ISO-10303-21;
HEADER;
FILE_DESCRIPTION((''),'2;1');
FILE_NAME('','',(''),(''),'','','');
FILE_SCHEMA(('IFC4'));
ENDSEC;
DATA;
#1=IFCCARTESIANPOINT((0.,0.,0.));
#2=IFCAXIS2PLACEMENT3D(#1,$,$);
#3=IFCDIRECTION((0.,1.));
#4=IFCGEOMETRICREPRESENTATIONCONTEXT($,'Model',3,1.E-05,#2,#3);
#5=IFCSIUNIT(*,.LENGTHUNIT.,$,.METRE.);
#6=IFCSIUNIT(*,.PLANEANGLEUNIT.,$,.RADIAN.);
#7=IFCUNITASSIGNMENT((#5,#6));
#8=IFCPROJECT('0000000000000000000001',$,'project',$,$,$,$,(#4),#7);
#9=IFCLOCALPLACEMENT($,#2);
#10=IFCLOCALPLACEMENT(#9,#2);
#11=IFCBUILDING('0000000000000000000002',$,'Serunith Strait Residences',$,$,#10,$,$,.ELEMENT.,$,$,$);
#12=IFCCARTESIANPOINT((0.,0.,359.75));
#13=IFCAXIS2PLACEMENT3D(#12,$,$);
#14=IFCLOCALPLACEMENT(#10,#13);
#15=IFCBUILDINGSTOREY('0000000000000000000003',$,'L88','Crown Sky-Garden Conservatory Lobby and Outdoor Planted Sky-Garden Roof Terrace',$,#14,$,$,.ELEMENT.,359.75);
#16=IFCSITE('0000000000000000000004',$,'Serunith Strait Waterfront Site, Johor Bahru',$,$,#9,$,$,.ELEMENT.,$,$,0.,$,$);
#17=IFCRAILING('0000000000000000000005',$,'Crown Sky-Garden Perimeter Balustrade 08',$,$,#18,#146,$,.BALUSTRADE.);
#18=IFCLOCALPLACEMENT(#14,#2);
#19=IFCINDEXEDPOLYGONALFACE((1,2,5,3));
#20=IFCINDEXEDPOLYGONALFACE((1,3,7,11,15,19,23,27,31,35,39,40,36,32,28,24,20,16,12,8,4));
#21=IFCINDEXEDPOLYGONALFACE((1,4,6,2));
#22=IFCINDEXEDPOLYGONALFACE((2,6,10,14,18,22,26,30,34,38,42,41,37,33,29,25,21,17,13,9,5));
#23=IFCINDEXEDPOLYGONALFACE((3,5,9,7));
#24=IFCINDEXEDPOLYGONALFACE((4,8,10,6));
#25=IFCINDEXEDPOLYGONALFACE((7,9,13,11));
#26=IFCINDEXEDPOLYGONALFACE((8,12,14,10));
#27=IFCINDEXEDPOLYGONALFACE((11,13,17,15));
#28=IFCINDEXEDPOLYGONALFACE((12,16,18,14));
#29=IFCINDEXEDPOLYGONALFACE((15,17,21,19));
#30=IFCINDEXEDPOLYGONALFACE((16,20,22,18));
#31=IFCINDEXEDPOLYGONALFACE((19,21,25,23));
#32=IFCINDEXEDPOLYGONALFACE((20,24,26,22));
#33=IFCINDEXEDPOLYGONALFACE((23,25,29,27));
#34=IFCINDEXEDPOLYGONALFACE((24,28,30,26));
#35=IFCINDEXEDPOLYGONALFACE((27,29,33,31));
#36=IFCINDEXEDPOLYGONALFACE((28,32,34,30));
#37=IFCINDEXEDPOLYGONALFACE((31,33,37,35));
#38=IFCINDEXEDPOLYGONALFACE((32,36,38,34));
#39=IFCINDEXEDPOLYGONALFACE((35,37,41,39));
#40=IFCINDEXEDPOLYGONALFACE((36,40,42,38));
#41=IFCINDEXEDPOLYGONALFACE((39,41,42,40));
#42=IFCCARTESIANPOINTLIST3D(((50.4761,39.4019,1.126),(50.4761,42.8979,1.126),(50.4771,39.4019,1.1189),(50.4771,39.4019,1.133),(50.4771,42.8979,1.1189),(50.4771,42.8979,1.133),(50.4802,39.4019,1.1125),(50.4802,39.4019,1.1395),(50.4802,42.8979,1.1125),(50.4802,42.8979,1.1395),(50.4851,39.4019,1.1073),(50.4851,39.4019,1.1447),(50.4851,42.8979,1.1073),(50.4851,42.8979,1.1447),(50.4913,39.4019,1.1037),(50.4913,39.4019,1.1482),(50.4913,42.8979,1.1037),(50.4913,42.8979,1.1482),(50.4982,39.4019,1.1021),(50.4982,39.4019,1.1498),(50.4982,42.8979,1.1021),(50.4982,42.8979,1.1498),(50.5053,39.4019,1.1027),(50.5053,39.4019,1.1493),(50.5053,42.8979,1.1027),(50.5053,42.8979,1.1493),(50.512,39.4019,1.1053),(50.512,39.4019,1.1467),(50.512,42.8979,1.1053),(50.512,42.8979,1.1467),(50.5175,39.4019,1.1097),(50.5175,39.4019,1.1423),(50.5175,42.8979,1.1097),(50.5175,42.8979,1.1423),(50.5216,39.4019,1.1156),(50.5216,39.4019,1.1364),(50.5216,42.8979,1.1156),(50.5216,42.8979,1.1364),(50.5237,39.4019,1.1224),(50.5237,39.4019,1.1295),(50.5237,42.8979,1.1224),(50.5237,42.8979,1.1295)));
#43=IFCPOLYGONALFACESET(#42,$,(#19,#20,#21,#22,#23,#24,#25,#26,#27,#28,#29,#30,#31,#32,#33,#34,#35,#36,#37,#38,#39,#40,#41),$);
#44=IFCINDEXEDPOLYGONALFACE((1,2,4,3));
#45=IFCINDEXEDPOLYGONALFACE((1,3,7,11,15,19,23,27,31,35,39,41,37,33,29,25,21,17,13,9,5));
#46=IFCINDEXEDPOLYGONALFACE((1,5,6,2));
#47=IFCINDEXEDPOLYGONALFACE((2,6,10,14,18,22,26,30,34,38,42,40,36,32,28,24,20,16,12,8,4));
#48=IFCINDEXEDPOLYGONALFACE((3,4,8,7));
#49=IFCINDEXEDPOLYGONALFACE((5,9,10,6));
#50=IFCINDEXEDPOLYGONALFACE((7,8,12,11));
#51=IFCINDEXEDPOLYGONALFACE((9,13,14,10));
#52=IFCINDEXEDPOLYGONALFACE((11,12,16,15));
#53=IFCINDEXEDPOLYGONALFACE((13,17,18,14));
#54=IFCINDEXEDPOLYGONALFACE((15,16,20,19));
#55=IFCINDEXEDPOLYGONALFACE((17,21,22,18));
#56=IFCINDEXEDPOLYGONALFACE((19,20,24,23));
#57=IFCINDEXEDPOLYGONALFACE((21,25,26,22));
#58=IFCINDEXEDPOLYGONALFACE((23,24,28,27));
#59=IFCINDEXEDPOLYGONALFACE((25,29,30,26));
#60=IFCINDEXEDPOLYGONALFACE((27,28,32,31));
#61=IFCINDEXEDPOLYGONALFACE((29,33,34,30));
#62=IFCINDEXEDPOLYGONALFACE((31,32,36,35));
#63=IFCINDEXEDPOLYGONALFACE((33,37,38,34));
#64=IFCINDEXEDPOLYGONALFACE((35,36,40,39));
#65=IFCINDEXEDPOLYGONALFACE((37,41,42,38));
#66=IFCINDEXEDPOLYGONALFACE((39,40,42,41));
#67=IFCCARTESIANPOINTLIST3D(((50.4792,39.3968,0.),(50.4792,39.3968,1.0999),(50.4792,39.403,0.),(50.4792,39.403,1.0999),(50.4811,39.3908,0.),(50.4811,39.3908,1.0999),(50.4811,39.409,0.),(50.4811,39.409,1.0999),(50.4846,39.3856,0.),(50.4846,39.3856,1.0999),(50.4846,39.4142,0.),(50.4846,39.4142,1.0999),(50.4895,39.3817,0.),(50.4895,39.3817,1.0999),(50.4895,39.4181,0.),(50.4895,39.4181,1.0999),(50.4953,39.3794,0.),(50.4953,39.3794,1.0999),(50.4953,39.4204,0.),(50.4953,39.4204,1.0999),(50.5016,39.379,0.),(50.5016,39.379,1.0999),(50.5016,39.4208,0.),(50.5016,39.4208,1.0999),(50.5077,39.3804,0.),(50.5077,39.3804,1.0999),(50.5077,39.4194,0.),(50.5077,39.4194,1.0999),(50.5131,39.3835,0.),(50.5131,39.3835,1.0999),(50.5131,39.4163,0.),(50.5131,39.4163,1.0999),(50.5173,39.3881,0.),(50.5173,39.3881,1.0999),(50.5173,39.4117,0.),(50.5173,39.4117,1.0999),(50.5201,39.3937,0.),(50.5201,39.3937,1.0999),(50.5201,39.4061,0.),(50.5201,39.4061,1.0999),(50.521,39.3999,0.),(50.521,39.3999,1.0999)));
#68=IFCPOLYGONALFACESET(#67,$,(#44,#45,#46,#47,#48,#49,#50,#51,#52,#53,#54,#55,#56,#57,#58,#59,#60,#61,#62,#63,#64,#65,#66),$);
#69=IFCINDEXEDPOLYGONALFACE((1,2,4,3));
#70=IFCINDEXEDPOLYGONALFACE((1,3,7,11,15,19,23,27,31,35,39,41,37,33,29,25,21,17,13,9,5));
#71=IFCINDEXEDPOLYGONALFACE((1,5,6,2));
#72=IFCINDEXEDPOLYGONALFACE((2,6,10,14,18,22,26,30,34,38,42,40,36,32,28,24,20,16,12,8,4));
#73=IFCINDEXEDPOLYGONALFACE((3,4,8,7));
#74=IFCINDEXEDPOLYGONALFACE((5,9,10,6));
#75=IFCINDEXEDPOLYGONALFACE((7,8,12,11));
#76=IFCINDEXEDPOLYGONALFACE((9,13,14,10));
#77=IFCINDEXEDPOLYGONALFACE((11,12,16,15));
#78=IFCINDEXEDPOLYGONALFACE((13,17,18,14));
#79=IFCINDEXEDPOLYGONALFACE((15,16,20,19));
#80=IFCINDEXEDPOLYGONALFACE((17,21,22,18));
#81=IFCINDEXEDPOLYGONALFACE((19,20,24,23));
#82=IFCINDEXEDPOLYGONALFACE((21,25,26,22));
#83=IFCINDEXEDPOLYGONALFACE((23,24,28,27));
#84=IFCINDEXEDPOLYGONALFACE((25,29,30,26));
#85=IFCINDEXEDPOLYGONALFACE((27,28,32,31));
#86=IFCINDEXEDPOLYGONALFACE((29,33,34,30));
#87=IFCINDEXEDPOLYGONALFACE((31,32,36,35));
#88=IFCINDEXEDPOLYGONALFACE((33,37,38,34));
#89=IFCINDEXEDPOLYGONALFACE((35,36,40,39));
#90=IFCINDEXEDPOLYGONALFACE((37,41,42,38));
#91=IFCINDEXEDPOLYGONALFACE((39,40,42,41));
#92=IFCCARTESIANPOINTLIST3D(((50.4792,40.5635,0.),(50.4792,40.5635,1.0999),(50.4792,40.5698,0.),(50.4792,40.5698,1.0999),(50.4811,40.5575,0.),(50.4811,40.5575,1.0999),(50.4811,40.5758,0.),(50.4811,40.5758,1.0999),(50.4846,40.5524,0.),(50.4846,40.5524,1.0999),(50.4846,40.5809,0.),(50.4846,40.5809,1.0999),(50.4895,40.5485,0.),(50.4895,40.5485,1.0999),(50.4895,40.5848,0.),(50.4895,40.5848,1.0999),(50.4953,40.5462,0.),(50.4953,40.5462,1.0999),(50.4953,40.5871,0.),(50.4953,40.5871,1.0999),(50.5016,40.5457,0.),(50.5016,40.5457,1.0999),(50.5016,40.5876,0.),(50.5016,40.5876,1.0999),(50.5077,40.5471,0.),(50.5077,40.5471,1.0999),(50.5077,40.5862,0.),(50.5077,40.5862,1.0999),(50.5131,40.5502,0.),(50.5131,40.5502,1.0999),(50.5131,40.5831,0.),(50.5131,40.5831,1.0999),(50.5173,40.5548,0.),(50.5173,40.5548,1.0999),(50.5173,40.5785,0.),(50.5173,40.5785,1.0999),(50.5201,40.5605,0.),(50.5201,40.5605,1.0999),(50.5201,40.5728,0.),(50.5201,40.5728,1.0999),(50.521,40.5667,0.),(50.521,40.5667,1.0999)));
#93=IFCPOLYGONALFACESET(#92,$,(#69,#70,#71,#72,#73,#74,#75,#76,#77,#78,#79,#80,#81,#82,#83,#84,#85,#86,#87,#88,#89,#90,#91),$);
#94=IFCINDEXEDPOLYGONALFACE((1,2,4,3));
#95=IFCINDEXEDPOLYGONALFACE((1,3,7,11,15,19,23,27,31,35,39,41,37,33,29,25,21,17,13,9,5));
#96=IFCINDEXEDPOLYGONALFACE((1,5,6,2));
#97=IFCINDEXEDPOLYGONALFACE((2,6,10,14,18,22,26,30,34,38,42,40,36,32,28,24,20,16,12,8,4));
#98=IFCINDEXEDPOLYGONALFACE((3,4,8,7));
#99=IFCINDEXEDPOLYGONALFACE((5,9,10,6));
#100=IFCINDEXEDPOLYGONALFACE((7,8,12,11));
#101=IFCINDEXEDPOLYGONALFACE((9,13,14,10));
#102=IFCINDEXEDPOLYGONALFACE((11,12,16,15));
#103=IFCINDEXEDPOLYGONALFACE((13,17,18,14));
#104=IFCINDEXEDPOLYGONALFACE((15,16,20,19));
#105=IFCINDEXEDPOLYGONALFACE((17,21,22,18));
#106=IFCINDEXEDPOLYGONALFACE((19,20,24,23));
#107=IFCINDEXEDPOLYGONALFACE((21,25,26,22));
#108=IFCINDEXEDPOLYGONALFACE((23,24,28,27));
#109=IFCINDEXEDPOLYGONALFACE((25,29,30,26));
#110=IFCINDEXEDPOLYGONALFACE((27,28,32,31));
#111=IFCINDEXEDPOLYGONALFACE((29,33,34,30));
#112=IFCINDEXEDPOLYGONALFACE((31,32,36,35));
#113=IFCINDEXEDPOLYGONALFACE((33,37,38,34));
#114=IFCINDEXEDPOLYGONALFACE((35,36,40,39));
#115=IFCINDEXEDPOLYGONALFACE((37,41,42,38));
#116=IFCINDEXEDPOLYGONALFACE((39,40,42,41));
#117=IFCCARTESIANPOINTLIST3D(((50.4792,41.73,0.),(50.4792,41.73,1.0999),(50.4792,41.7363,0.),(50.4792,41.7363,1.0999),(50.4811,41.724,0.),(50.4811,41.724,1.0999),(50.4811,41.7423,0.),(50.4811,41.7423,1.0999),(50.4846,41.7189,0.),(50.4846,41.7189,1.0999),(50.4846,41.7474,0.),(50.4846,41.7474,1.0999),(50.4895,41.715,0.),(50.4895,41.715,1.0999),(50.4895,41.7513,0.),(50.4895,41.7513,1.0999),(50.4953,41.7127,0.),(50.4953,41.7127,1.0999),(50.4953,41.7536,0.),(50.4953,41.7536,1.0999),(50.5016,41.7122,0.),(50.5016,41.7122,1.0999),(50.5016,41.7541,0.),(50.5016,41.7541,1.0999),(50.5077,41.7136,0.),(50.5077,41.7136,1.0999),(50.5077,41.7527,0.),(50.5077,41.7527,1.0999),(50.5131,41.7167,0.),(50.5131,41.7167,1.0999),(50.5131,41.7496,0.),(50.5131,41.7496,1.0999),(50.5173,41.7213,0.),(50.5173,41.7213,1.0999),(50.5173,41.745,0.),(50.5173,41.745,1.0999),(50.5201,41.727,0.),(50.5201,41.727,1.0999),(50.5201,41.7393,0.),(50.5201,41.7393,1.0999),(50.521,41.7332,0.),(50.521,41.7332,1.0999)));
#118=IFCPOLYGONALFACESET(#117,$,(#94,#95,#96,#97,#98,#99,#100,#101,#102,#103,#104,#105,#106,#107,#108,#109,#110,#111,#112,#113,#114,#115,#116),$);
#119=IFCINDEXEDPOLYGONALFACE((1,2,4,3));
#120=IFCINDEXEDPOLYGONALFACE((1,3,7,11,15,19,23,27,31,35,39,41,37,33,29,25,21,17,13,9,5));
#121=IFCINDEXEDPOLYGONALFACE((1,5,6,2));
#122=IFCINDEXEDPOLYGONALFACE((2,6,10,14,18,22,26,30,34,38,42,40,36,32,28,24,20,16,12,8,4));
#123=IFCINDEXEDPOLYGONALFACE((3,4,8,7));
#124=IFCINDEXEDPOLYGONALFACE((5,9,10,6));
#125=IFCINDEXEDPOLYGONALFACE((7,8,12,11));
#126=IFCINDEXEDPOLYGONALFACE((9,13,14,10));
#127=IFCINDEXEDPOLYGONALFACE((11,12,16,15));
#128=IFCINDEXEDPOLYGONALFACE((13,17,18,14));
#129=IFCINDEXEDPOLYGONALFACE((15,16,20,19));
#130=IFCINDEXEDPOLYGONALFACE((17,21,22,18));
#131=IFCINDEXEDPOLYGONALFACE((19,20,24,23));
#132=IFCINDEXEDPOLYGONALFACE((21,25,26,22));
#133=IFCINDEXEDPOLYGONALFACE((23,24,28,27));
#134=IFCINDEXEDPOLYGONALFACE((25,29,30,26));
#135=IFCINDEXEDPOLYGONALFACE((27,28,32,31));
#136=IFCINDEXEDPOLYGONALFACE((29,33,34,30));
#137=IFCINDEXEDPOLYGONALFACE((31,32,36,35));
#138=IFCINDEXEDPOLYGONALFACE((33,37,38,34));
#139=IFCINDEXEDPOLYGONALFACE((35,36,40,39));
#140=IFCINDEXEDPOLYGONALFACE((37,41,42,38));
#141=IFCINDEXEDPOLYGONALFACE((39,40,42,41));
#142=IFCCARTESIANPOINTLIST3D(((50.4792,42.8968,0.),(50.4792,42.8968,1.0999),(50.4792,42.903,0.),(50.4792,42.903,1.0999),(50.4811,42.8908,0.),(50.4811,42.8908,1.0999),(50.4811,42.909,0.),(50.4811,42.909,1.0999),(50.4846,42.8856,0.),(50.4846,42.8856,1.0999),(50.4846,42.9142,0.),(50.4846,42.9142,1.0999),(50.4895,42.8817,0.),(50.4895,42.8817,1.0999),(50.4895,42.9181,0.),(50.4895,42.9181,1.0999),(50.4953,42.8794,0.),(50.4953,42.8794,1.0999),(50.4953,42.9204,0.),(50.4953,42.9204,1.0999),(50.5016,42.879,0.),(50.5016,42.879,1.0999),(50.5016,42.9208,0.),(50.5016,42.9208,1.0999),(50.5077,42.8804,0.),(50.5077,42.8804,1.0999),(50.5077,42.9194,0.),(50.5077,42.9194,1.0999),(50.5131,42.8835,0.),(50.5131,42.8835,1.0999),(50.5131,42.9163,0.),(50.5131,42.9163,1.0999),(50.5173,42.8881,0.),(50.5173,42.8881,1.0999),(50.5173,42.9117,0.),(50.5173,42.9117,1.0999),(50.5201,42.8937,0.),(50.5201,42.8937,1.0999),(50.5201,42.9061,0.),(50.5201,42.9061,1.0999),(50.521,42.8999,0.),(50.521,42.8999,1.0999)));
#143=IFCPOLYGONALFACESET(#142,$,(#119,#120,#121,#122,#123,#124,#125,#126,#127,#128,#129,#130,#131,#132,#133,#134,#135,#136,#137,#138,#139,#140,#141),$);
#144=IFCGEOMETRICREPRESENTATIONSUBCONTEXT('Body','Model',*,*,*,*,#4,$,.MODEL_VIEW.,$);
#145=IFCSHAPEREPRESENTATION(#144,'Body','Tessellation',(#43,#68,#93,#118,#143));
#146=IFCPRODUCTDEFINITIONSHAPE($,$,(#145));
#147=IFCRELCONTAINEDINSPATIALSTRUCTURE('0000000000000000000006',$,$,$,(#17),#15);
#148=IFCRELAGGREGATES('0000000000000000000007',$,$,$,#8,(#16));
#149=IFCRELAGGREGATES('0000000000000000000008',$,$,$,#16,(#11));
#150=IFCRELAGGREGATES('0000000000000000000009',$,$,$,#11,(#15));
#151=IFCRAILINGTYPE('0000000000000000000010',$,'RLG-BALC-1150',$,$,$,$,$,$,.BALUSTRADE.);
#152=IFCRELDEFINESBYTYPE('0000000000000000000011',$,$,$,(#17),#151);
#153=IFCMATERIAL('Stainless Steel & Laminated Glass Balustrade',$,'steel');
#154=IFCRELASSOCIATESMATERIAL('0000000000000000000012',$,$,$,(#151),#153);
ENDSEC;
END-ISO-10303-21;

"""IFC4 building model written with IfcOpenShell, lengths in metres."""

from ifc_helpers import new_model, si_unit, direction, frame, origin, origin_2d, place, context, subcontext, project, spatial, circle, extrude, material, type_object, element, save


model = new_model("IFC4")

# Units and contexts
model_context = context("Model", 3, precision=1e-05, world=origin(), true_north=direction((0.0, 1.0)))
body_context = subcontext(model_context, "Body", "Model", "MODEL_VIEW")
ifc_project = project(units=[si_unit("LENGTHUNIT", "METRE"), si_unit("PLANEANGLEUNIT", "RADIAN")], contexts=[model_context])

# Site, building, storey
site_placement = place(None, origin())
site = spatial("IfcSite", under=ifc_project, at=site_placement, Name="Serunith Strait Waterfront Site, Johor Bahru", CompositionType="ELEMENT", RefElevation=0.0)
building_placement = place(site_placement, origin())
building = spatial("IfcBuilding", under=site, at=building_placement, Name="Serunith Strait Residences", CompositionType="ELEMENT")
storey_placement = place(building_placement, frame((0.0, 0.0, 359.75)))
storey = spatial("IfcBuildingStorey", under=building, at=storey_placement, Name="L88", Description="Crown Sky-Garden Conservatory Lobby and Outdoor Planted Sky-Garden Roof Terrace", CompositionType="ELEMENT", Elevation=359.75)

# Railing
ifc_material_1 = material(Name="Stainless Steel & Laminated Glass Balustrade", Category="steel")
railing_type_1 = type_object("IfcRailingType", Name="RLG-BALC-1150", PredefinedType="BALUSTRADE", material=ifc_material_1)
railing_1_placement = place(storey_placement, frame((50.5, 39.3999, 0.0)))
element("IfcRailing", 1, at=railing_1_placement, inside=storey, type_object=railing_type_1, Name="Crown Sky-Garden Perimeter Balustrade 08", PredefinedType="BALUSTRADE", context=body_context, shape_type="SweptSolid", body=[
    extrude(circle(Radius=0.0239, at=origin_2d()), frame((0.0, 0.002, 1.126), z_axis=(0.0, 1.0, 0.0), x_axis=(-1.0, 0.0, 0.0)), (0.0, 0.0, 1.0), 3.4961),
    extrude(circle(Radius=0.021, at=origin_2d()), origin(), (0.0, 0.0, 1.0), 1.0999),
    extrude(circle(Radius=0.021, at=origin_2d()), frame((0.0, 1.1667, 0.0)), (0.0, 0.0, 1.0), 1.0999),
    extrude(circle(Radius=0.021, at=origin_2d()), frame((0.0, 2.3333, 0.0)), (0.0, 0.0, 1.0), 1.0999),
    extrude(circle(Radius=0.021, at=origin_2d()), frame((0.0, 3.5, 0.0)), (0.0, 0.0, 1.0), 1.0999),
])

save(model, "model.ifc")
